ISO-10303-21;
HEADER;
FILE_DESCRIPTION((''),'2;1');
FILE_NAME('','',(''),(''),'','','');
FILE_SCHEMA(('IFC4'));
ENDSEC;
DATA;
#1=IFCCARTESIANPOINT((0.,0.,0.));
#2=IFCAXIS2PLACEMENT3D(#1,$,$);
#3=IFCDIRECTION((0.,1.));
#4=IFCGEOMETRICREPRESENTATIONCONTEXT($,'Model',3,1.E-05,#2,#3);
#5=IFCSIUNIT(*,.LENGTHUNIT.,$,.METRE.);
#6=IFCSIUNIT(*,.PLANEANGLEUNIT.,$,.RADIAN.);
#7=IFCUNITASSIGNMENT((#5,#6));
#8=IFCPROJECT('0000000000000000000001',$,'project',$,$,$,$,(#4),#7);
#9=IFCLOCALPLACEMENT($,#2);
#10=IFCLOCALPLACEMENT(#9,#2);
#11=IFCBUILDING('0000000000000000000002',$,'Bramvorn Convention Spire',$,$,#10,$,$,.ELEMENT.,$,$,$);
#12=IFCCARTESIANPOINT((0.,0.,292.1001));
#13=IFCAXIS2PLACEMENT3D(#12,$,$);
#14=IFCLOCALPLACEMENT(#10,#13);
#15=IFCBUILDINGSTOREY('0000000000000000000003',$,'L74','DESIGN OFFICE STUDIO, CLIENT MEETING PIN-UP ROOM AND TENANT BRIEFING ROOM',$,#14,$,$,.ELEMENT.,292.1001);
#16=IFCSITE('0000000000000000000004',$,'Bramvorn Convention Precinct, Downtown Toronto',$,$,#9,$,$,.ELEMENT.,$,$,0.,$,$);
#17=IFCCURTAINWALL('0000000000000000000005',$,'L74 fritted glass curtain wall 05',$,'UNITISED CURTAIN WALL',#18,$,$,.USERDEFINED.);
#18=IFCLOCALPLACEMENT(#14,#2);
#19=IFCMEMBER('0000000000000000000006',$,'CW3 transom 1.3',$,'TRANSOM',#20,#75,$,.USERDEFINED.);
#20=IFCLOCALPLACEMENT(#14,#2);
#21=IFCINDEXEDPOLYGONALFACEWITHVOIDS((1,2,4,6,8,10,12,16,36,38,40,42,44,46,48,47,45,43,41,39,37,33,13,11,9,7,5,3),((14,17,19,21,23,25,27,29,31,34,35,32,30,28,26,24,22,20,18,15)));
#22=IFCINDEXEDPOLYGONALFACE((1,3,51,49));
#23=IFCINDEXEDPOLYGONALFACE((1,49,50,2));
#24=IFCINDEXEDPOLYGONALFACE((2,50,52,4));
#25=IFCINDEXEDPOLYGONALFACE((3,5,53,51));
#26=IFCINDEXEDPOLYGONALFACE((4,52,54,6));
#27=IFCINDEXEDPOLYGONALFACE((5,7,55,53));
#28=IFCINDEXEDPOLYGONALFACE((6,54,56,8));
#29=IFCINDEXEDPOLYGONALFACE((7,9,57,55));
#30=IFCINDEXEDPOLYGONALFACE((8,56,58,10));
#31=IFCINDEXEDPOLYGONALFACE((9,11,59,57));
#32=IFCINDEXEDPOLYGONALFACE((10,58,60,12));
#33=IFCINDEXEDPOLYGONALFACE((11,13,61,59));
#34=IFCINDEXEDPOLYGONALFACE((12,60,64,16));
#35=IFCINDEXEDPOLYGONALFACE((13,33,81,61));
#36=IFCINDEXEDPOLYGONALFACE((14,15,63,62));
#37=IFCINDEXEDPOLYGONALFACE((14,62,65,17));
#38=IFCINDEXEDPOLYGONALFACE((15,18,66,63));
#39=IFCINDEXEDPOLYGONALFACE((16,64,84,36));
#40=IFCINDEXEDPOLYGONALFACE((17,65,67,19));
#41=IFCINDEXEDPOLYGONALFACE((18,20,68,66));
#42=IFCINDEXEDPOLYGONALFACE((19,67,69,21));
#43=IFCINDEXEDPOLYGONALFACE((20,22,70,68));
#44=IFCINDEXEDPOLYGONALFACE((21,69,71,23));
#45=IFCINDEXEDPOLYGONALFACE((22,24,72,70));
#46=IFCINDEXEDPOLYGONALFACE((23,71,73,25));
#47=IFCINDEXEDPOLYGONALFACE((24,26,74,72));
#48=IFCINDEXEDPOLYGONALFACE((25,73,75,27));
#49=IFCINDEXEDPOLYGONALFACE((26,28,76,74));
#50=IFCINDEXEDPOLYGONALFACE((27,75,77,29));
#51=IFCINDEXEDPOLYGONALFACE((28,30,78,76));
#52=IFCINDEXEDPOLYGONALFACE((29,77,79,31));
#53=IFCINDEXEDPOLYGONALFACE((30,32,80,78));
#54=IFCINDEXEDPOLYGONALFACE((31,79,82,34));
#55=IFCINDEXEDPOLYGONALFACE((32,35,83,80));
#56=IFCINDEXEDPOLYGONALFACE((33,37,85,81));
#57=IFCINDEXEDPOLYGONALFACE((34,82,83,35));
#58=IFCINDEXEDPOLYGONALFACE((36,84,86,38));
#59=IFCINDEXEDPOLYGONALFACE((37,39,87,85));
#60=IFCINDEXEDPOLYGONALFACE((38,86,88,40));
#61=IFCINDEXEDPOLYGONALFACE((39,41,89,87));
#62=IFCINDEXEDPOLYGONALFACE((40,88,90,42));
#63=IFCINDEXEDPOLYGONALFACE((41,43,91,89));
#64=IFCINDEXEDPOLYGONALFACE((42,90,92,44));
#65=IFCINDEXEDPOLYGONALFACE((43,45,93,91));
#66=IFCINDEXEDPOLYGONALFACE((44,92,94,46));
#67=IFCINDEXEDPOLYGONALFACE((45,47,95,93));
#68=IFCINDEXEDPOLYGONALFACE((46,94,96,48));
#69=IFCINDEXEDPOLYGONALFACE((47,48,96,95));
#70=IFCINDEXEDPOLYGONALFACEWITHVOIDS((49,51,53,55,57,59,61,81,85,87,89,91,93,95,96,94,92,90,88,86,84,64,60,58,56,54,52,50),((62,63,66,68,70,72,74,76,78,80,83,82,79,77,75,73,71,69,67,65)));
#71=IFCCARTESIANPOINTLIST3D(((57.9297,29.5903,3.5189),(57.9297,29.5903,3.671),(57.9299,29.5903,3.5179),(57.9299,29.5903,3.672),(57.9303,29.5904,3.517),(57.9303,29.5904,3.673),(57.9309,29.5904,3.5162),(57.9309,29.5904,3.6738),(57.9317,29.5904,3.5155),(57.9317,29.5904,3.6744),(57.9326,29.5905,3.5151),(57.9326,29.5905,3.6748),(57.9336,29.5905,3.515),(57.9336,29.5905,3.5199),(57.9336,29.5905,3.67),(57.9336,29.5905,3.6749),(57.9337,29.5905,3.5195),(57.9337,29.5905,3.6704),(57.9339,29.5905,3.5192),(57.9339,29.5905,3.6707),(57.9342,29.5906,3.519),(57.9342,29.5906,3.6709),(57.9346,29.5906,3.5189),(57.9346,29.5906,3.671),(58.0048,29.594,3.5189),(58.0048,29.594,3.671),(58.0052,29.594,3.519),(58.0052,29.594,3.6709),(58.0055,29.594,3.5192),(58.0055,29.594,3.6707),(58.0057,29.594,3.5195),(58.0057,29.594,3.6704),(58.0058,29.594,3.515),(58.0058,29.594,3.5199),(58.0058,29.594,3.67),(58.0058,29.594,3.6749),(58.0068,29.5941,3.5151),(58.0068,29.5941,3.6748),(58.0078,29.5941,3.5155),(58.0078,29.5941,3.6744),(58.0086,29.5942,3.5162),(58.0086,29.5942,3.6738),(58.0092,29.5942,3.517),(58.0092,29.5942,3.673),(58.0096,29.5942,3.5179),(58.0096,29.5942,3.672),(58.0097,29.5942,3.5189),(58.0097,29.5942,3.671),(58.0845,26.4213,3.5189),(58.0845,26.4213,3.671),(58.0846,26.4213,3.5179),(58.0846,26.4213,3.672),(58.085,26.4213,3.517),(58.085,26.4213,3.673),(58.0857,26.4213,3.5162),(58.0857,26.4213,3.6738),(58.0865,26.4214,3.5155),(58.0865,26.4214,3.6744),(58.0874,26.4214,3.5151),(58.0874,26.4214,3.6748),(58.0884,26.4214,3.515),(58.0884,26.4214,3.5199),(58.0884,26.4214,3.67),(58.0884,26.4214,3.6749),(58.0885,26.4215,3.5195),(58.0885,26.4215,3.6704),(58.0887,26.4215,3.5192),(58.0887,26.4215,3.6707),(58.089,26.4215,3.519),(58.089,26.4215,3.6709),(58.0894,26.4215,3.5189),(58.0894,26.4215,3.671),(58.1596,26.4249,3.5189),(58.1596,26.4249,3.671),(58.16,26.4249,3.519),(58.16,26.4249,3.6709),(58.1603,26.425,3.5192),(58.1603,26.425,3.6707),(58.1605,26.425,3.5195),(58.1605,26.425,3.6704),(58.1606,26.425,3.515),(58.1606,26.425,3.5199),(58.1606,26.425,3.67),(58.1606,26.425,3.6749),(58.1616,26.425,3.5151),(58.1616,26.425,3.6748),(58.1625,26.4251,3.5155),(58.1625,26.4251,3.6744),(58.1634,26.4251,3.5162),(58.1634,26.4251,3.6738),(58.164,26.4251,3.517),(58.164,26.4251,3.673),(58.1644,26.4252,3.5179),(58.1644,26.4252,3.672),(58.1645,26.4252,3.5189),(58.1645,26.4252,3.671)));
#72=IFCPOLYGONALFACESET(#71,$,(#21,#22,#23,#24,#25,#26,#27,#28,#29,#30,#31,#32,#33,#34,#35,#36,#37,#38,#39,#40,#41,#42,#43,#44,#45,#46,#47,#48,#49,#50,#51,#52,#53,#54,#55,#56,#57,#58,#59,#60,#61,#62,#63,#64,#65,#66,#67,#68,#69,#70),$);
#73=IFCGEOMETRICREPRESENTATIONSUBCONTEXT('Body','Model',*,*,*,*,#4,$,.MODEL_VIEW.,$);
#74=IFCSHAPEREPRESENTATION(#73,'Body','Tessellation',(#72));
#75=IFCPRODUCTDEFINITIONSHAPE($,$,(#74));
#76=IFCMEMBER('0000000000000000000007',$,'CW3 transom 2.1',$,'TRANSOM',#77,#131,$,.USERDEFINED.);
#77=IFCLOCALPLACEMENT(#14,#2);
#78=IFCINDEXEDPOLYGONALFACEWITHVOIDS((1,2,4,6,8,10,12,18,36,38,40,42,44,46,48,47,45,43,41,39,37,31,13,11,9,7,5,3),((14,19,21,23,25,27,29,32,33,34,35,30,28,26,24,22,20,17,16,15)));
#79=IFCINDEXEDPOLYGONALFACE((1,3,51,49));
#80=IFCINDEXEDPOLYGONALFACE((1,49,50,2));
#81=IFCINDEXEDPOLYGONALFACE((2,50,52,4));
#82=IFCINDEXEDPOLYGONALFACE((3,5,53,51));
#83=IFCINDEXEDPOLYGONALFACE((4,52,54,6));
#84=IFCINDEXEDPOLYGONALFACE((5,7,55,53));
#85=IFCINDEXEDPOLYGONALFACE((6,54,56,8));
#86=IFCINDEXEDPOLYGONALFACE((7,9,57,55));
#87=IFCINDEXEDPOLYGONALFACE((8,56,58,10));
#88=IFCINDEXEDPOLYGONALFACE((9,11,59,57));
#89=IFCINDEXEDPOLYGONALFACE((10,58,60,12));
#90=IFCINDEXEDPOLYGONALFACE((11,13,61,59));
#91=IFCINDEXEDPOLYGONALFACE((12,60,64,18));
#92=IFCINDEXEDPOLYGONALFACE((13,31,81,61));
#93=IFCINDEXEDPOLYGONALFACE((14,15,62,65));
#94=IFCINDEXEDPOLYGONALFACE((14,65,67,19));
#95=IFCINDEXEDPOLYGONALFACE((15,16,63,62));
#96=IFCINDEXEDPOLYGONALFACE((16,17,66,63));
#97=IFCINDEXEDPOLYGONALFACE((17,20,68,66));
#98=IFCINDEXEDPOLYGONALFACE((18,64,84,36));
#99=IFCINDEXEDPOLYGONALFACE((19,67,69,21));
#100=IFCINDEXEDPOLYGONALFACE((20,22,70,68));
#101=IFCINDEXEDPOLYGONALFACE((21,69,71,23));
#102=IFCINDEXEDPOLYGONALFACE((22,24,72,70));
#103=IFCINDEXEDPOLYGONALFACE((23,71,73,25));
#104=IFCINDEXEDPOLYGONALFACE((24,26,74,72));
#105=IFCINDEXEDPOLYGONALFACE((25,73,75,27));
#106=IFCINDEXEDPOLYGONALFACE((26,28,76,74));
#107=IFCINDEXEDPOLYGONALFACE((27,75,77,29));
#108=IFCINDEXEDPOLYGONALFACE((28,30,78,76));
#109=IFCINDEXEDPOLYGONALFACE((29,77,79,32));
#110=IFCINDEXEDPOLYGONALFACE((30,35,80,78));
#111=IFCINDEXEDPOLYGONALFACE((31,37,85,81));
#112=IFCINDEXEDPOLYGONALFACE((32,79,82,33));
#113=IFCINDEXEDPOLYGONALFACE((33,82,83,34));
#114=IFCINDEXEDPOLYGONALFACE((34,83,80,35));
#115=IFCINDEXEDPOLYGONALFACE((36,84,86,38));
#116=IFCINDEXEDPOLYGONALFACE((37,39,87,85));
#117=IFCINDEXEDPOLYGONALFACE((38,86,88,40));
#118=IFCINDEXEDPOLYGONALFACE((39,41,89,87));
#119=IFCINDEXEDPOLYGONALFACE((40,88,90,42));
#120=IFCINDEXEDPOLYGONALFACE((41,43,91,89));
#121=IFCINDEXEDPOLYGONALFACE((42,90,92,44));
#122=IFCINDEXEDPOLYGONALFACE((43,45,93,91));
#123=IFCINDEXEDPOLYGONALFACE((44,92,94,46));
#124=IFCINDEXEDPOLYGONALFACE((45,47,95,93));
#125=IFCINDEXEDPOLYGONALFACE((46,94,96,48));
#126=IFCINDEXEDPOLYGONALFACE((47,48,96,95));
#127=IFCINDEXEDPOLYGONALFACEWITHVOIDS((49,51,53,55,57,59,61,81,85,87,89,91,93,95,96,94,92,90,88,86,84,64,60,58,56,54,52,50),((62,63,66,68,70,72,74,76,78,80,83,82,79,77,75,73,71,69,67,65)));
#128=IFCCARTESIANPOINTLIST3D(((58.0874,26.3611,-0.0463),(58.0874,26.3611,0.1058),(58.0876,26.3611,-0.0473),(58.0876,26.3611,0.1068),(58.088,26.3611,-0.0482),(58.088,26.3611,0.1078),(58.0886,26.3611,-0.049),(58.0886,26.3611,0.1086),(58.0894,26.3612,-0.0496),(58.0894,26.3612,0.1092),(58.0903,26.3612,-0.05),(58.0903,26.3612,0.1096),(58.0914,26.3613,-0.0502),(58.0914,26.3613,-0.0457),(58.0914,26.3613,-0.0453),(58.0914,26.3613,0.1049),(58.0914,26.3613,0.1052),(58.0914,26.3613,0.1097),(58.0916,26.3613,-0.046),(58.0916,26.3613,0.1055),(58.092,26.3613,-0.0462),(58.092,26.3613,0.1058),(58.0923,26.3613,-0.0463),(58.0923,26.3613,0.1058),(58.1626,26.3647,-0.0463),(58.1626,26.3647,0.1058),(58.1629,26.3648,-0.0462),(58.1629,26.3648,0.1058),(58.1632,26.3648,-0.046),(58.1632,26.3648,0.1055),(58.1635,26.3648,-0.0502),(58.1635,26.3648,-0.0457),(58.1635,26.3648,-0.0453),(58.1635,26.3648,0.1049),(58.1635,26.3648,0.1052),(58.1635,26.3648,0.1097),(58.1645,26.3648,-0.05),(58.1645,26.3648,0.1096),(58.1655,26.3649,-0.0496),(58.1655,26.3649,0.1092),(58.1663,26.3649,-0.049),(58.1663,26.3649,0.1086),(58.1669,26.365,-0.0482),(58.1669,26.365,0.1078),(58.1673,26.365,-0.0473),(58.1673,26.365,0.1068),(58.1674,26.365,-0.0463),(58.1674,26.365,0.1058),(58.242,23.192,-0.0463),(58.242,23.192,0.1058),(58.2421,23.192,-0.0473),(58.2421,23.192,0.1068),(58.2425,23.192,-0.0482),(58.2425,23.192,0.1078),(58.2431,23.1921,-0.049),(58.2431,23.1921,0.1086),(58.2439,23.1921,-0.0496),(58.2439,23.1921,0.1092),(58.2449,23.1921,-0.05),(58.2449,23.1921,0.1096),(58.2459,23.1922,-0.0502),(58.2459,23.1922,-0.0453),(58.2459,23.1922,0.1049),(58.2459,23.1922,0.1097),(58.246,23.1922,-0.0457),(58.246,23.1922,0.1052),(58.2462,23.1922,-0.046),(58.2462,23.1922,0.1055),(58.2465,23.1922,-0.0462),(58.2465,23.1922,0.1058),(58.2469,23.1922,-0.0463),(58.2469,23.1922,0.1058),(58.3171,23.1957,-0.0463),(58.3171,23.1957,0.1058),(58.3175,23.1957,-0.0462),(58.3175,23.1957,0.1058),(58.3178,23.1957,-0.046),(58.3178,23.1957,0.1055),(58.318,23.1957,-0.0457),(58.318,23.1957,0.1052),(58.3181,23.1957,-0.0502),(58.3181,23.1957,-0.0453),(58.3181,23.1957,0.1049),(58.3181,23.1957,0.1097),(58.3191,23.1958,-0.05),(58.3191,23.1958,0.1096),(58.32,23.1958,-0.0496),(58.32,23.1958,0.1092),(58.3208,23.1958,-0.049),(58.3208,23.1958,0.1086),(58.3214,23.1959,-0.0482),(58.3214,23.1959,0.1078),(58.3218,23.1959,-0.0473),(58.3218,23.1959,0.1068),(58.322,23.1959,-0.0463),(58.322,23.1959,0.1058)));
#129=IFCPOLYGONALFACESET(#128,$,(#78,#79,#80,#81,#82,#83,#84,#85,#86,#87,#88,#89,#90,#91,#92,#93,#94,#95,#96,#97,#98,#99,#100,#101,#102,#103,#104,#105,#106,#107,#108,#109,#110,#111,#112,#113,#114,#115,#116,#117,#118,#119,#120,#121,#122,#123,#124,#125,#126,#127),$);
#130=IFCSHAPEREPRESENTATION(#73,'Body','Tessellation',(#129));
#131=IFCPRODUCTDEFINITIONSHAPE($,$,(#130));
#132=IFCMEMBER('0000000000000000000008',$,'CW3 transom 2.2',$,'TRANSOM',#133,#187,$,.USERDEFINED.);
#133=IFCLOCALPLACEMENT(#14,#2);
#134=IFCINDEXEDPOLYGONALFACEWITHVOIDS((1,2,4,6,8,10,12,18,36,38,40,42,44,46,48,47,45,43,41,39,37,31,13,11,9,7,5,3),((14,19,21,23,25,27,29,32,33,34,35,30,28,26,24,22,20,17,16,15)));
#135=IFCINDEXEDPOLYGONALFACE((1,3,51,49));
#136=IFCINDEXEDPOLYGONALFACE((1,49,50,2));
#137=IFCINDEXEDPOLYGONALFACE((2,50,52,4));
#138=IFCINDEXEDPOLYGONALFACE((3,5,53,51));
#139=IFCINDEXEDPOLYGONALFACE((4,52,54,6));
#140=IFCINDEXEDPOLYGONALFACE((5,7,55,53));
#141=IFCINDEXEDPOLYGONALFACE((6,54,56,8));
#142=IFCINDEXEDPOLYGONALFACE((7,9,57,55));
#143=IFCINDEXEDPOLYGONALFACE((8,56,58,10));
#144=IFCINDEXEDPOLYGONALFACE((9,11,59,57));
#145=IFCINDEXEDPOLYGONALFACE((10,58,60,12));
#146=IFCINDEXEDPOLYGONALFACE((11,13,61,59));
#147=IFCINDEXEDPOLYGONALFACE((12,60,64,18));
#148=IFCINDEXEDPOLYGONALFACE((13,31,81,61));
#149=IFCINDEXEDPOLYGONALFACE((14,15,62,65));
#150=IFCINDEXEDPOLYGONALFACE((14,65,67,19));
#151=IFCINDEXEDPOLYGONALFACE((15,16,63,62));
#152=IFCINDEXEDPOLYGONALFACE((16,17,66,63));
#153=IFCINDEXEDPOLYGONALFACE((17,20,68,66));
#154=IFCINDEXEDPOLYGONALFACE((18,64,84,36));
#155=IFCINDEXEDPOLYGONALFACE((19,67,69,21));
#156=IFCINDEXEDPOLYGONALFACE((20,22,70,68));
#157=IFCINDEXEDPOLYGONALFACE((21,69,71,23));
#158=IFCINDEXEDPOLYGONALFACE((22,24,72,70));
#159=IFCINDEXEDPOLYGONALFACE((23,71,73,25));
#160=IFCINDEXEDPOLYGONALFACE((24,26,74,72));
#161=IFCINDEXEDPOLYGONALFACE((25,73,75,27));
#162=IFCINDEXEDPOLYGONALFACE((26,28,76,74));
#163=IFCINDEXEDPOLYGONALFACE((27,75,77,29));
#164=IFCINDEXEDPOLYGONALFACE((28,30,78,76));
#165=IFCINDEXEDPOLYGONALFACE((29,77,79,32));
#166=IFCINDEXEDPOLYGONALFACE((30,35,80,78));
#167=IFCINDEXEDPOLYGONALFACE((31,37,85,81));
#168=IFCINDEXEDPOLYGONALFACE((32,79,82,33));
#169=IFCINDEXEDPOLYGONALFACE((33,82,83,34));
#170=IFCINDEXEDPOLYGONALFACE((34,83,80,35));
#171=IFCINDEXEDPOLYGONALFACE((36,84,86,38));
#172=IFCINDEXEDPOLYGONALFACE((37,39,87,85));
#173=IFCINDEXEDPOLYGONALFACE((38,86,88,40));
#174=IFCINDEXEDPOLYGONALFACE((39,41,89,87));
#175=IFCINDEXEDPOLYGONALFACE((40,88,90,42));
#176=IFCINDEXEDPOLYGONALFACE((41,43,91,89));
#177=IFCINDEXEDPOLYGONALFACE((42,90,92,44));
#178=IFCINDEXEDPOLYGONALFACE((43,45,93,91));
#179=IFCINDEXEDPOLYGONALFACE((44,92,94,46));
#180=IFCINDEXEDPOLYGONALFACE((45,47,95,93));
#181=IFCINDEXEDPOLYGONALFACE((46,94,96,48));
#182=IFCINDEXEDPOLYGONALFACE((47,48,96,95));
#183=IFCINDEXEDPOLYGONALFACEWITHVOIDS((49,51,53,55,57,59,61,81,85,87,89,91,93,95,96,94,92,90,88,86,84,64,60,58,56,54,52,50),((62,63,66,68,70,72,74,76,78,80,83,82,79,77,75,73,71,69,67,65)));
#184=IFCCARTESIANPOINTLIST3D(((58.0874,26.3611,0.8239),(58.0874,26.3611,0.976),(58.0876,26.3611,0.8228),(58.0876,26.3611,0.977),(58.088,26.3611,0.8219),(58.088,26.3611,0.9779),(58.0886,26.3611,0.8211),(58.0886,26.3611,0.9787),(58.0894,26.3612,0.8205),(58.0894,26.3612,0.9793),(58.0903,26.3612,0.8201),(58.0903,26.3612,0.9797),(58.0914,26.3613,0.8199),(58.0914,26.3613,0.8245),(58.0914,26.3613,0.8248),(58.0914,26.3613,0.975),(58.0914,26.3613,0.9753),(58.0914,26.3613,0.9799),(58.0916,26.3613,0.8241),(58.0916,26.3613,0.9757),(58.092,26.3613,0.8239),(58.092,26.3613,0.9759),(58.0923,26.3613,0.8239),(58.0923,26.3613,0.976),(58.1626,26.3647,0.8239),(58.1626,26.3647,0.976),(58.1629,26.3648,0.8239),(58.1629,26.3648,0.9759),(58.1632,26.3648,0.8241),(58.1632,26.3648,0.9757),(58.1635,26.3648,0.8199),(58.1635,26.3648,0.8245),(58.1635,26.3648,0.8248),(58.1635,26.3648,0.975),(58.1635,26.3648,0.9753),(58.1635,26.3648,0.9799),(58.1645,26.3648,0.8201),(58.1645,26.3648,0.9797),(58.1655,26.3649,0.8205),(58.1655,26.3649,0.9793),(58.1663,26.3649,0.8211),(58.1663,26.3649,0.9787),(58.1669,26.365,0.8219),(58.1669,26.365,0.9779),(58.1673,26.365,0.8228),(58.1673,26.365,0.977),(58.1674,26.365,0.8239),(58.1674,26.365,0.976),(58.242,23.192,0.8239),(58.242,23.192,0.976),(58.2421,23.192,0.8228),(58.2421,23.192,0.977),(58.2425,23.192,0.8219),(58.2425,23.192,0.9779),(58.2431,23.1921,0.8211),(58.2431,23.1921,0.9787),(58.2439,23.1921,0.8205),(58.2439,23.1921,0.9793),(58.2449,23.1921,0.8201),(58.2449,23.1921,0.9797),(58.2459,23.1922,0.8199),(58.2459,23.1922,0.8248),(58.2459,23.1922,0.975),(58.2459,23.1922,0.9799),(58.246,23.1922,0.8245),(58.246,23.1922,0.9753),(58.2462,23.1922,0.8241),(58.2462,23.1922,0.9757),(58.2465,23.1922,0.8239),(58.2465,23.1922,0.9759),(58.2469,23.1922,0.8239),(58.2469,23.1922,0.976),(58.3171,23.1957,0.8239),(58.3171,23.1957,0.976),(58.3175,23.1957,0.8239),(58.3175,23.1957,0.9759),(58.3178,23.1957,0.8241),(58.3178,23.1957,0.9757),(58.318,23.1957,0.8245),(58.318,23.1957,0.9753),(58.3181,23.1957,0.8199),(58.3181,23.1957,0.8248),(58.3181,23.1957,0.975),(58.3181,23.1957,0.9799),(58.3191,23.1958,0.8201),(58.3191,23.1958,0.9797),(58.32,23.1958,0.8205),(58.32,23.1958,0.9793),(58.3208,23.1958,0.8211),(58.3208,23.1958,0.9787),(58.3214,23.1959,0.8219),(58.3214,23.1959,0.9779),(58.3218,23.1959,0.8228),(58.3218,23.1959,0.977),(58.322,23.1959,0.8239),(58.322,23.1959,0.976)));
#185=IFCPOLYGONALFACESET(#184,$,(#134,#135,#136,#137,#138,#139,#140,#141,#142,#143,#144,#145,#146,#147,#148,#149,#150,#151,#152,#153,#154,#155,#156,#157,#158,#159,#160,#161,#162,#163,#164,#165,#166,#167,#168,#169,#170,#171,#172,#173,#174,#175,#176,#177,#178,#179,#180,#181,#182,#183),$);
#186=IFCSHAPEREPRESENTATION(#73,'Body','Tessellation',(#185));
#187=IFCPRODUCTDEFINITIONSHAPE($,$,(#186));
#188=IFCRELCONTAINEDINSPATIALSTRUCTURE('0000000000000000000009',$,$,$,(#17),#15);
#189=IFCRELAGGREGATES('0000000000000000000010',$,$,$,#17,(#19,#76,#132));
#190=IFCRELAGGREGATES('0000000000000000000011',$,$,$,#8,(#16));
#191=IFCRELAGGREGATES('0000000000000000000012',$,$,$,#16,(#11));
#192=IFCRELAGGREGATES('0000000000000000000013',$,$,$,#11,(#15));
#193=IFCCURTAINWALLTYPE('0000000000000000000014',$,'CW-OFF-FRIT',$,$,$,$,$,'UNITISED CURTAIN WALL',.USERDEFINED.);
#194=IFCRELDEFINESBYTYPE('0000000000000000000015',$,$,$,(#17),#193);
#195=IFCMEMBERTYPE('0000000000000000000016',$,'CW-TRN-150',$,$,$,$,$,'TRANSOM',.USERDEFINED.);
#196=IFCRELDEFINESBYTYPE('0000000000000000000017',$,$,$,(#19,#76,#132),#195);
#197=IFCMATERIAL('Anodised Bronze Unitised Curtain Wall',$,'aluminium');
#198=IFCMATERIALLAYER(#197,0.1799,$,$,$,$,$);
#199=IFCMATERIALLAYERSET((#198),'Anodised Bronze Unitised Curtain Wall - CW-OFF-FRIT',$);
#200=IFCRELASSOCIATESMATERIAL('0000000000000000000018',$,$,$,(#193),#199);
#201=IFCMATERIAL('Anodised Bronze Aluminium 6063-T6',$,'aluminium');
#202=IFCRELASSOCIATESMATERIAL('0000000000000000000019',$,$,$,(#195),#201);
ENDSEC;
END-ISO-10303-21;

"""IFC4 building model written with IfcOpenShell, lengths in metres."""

from ifc_helpers import new_model, si_unit, direction, frame, origin, origin_2d, place, context, subcontext, project, spatial, hollow_rectangle, extrude, material, layer, layer_set, material_profile, profile_set, type_object, element, aggregate, save


model = new_model("IFC4")

# Units and contexts
model_context = context("Model", 3, precision=1e-05, world=origin(), true_north=direction((0.0, 1.0)))
body_context = subcontext(model_context, "Body", "Model", "MODEL_VIEW")
ifc_project = project(units=[si_unit("LENGTHUNIT", "METRE"), si_unit("PLANEANGLEUNIT", "RADIAN")], contexts=[model_context])

# Site, building, storey
site_placement = place(None, origin())
site = spatial("IfcSite", under=ifc_project, at=site_placement, Name="Bramvorn Convention Precinct, Downtown Toronto", CompositionType="ELEMENT", RefElevation=0.0)
building_placement = place(site_placement, origin())
building = spatial("IfcBuilding", under=site, at=building_placement, Name="Bramvorn Convention Spire", CompositionType="ELEMENT")
storey_placement = place(building_placement, frame((0.0, 0.0, 292.1001)))
storey = spatial("IfcBuildingStorey", under=building, at=storey_placement, Name="L74", Description="DESIGN OFFICE STUDIO, CLIENT MEETING PIN-UP ROOM AND TENANT BRIEFING ROOM", CompositionType="ELEMENT", Elevation=292.1001)

# Curtain wall
ifc_material_1 = material(Name="Anodised Bronze Unitised Curtain Wall", Category="aluminium")
ifc_layer_1 = layer(ifc_material_1, 0.1799)
ifc_layer_set_1 = layer_set([ifc_layer_1], Name="Anodised Bronze Unitised Curtain Wall - CW-OFF-FRIT")
curtain_wall_type = type_object("IfcCurtainWallType", Name="CW-OFF-FRIT", ElementType="UNITISED CURTAIN WALL", PredefinedType="USERDEFINED", material=ifc_layer_set_1)
curtain_wall_1_placement = place(storey_placement, origin())
curtain_wall_1 = element("IfcCurtainWall", 1, at=curtain_wall_1_placement, inside=storey, type_object=curtain_wall_type, Name="L74 fritted glass curtain wall 05", ObjectType="UNITISED CURTAIN WALL", PredefinedType="USERDEFINED")
ifc_material_2 = material(Name="Anodised Bronze Aluminium 6063-T6", Category="aluminium")

# Members
ifc_material_profile_1 = material_profile(ifc_material_2, hollow_rectangle(XDim=0.0801, YDim=0.1599, WallThickness=0.0039, InnerFilletRadius=0.001, OuterFilletRadius=0.0039, at=origin_2d()))
ifc_profile_set_1 = profile_set([ifc_material_profile_1], Name="Anodised Bronze Aluminium 6063-T6 - CWT80X160")
member_type_1 = type_object("IfcMemberType", Name="CW-TRN-150", ElementType="TRANSOM", PredefinedType="USERDEFINED", material=ifc_profile_set_1)
member_1_placement = place(storey_placement, frame((57.9697, 29.5923, 3.595), z_axis=(0.048782, -0.998809, 0.0), x_axis=(0.998809, 0.048782, 0.0)))
member_1 = element("IfcMember", 2, at=member_1_placement, type_object=member_type_1, Name="CW3 transom 1.3", ObjectType="TRANSOM", PredefinedType="USERDEFINED", context=body_context, shape_type="SweptSolid", body=[
    extrude(hollow_rectangle(XDim=0.0801, YDim=0.1599, WallThickness=0.0039, InnerFilletRadius=0.001, OuterFilletRadius=0.0039, at=origin_2d()), origin(), (0.0, 0.0, 1.0), 3.1729),
])
member_2_placement = place(storey_placement, frame((58.1274, 26.363, 0.0298), z_axis=(0.048706, -0.998813, 0.0), x_axis=(0.998813, 0.048706, 0.0)))
member_2 = element("IfcMember", 3, at=member_2_placement, type_object=member_type_1, Name="CW3 transom 2.1", ObjectType="TRANSOM", PredefinedType="USERDEFINED", context=body_context, shape_type="SweptSolid", body=[
    extrude(hollow_rectangle(XDim=0.0801, YDim=0.1599, WallThickness=0.0039, InnerFilletRadius=0.001, OuterFilletRadius=0.0039, at=origin_2d()), origin(), (0.0, 0.0, 1.0), 3.1729),
])
member_3_placement = place(storey_placement, frame((58.1274, 26.363, 0.8999), z_axis=(0.048706, -0.998813, 0.0), x_axis=(0.998813, 0.048706, 0.0)))
member_3 = element("IfcMember", 4, at=member_3_placement, type_object=member_type_1, Name="CW3 transom 2.2", ObjectType="TRANSOM", PredefinedType="USERDEFINED", context=body_context, shape_type="SweptSolid", body=[
    extrude(hollow_rectangle(XDim=0.0801, YDim=0.1599, WallThickness=0.0039, InnerFilletRadius=0.001, OuterFilletRadius=0.0039, at=origin_2d()), origin(), (0.0, 0.0, 1.0), 3.1729),
])

aggregate(curtain_wall_1, [member_1, member_2, member_3])

save(model, "model.ifc")
